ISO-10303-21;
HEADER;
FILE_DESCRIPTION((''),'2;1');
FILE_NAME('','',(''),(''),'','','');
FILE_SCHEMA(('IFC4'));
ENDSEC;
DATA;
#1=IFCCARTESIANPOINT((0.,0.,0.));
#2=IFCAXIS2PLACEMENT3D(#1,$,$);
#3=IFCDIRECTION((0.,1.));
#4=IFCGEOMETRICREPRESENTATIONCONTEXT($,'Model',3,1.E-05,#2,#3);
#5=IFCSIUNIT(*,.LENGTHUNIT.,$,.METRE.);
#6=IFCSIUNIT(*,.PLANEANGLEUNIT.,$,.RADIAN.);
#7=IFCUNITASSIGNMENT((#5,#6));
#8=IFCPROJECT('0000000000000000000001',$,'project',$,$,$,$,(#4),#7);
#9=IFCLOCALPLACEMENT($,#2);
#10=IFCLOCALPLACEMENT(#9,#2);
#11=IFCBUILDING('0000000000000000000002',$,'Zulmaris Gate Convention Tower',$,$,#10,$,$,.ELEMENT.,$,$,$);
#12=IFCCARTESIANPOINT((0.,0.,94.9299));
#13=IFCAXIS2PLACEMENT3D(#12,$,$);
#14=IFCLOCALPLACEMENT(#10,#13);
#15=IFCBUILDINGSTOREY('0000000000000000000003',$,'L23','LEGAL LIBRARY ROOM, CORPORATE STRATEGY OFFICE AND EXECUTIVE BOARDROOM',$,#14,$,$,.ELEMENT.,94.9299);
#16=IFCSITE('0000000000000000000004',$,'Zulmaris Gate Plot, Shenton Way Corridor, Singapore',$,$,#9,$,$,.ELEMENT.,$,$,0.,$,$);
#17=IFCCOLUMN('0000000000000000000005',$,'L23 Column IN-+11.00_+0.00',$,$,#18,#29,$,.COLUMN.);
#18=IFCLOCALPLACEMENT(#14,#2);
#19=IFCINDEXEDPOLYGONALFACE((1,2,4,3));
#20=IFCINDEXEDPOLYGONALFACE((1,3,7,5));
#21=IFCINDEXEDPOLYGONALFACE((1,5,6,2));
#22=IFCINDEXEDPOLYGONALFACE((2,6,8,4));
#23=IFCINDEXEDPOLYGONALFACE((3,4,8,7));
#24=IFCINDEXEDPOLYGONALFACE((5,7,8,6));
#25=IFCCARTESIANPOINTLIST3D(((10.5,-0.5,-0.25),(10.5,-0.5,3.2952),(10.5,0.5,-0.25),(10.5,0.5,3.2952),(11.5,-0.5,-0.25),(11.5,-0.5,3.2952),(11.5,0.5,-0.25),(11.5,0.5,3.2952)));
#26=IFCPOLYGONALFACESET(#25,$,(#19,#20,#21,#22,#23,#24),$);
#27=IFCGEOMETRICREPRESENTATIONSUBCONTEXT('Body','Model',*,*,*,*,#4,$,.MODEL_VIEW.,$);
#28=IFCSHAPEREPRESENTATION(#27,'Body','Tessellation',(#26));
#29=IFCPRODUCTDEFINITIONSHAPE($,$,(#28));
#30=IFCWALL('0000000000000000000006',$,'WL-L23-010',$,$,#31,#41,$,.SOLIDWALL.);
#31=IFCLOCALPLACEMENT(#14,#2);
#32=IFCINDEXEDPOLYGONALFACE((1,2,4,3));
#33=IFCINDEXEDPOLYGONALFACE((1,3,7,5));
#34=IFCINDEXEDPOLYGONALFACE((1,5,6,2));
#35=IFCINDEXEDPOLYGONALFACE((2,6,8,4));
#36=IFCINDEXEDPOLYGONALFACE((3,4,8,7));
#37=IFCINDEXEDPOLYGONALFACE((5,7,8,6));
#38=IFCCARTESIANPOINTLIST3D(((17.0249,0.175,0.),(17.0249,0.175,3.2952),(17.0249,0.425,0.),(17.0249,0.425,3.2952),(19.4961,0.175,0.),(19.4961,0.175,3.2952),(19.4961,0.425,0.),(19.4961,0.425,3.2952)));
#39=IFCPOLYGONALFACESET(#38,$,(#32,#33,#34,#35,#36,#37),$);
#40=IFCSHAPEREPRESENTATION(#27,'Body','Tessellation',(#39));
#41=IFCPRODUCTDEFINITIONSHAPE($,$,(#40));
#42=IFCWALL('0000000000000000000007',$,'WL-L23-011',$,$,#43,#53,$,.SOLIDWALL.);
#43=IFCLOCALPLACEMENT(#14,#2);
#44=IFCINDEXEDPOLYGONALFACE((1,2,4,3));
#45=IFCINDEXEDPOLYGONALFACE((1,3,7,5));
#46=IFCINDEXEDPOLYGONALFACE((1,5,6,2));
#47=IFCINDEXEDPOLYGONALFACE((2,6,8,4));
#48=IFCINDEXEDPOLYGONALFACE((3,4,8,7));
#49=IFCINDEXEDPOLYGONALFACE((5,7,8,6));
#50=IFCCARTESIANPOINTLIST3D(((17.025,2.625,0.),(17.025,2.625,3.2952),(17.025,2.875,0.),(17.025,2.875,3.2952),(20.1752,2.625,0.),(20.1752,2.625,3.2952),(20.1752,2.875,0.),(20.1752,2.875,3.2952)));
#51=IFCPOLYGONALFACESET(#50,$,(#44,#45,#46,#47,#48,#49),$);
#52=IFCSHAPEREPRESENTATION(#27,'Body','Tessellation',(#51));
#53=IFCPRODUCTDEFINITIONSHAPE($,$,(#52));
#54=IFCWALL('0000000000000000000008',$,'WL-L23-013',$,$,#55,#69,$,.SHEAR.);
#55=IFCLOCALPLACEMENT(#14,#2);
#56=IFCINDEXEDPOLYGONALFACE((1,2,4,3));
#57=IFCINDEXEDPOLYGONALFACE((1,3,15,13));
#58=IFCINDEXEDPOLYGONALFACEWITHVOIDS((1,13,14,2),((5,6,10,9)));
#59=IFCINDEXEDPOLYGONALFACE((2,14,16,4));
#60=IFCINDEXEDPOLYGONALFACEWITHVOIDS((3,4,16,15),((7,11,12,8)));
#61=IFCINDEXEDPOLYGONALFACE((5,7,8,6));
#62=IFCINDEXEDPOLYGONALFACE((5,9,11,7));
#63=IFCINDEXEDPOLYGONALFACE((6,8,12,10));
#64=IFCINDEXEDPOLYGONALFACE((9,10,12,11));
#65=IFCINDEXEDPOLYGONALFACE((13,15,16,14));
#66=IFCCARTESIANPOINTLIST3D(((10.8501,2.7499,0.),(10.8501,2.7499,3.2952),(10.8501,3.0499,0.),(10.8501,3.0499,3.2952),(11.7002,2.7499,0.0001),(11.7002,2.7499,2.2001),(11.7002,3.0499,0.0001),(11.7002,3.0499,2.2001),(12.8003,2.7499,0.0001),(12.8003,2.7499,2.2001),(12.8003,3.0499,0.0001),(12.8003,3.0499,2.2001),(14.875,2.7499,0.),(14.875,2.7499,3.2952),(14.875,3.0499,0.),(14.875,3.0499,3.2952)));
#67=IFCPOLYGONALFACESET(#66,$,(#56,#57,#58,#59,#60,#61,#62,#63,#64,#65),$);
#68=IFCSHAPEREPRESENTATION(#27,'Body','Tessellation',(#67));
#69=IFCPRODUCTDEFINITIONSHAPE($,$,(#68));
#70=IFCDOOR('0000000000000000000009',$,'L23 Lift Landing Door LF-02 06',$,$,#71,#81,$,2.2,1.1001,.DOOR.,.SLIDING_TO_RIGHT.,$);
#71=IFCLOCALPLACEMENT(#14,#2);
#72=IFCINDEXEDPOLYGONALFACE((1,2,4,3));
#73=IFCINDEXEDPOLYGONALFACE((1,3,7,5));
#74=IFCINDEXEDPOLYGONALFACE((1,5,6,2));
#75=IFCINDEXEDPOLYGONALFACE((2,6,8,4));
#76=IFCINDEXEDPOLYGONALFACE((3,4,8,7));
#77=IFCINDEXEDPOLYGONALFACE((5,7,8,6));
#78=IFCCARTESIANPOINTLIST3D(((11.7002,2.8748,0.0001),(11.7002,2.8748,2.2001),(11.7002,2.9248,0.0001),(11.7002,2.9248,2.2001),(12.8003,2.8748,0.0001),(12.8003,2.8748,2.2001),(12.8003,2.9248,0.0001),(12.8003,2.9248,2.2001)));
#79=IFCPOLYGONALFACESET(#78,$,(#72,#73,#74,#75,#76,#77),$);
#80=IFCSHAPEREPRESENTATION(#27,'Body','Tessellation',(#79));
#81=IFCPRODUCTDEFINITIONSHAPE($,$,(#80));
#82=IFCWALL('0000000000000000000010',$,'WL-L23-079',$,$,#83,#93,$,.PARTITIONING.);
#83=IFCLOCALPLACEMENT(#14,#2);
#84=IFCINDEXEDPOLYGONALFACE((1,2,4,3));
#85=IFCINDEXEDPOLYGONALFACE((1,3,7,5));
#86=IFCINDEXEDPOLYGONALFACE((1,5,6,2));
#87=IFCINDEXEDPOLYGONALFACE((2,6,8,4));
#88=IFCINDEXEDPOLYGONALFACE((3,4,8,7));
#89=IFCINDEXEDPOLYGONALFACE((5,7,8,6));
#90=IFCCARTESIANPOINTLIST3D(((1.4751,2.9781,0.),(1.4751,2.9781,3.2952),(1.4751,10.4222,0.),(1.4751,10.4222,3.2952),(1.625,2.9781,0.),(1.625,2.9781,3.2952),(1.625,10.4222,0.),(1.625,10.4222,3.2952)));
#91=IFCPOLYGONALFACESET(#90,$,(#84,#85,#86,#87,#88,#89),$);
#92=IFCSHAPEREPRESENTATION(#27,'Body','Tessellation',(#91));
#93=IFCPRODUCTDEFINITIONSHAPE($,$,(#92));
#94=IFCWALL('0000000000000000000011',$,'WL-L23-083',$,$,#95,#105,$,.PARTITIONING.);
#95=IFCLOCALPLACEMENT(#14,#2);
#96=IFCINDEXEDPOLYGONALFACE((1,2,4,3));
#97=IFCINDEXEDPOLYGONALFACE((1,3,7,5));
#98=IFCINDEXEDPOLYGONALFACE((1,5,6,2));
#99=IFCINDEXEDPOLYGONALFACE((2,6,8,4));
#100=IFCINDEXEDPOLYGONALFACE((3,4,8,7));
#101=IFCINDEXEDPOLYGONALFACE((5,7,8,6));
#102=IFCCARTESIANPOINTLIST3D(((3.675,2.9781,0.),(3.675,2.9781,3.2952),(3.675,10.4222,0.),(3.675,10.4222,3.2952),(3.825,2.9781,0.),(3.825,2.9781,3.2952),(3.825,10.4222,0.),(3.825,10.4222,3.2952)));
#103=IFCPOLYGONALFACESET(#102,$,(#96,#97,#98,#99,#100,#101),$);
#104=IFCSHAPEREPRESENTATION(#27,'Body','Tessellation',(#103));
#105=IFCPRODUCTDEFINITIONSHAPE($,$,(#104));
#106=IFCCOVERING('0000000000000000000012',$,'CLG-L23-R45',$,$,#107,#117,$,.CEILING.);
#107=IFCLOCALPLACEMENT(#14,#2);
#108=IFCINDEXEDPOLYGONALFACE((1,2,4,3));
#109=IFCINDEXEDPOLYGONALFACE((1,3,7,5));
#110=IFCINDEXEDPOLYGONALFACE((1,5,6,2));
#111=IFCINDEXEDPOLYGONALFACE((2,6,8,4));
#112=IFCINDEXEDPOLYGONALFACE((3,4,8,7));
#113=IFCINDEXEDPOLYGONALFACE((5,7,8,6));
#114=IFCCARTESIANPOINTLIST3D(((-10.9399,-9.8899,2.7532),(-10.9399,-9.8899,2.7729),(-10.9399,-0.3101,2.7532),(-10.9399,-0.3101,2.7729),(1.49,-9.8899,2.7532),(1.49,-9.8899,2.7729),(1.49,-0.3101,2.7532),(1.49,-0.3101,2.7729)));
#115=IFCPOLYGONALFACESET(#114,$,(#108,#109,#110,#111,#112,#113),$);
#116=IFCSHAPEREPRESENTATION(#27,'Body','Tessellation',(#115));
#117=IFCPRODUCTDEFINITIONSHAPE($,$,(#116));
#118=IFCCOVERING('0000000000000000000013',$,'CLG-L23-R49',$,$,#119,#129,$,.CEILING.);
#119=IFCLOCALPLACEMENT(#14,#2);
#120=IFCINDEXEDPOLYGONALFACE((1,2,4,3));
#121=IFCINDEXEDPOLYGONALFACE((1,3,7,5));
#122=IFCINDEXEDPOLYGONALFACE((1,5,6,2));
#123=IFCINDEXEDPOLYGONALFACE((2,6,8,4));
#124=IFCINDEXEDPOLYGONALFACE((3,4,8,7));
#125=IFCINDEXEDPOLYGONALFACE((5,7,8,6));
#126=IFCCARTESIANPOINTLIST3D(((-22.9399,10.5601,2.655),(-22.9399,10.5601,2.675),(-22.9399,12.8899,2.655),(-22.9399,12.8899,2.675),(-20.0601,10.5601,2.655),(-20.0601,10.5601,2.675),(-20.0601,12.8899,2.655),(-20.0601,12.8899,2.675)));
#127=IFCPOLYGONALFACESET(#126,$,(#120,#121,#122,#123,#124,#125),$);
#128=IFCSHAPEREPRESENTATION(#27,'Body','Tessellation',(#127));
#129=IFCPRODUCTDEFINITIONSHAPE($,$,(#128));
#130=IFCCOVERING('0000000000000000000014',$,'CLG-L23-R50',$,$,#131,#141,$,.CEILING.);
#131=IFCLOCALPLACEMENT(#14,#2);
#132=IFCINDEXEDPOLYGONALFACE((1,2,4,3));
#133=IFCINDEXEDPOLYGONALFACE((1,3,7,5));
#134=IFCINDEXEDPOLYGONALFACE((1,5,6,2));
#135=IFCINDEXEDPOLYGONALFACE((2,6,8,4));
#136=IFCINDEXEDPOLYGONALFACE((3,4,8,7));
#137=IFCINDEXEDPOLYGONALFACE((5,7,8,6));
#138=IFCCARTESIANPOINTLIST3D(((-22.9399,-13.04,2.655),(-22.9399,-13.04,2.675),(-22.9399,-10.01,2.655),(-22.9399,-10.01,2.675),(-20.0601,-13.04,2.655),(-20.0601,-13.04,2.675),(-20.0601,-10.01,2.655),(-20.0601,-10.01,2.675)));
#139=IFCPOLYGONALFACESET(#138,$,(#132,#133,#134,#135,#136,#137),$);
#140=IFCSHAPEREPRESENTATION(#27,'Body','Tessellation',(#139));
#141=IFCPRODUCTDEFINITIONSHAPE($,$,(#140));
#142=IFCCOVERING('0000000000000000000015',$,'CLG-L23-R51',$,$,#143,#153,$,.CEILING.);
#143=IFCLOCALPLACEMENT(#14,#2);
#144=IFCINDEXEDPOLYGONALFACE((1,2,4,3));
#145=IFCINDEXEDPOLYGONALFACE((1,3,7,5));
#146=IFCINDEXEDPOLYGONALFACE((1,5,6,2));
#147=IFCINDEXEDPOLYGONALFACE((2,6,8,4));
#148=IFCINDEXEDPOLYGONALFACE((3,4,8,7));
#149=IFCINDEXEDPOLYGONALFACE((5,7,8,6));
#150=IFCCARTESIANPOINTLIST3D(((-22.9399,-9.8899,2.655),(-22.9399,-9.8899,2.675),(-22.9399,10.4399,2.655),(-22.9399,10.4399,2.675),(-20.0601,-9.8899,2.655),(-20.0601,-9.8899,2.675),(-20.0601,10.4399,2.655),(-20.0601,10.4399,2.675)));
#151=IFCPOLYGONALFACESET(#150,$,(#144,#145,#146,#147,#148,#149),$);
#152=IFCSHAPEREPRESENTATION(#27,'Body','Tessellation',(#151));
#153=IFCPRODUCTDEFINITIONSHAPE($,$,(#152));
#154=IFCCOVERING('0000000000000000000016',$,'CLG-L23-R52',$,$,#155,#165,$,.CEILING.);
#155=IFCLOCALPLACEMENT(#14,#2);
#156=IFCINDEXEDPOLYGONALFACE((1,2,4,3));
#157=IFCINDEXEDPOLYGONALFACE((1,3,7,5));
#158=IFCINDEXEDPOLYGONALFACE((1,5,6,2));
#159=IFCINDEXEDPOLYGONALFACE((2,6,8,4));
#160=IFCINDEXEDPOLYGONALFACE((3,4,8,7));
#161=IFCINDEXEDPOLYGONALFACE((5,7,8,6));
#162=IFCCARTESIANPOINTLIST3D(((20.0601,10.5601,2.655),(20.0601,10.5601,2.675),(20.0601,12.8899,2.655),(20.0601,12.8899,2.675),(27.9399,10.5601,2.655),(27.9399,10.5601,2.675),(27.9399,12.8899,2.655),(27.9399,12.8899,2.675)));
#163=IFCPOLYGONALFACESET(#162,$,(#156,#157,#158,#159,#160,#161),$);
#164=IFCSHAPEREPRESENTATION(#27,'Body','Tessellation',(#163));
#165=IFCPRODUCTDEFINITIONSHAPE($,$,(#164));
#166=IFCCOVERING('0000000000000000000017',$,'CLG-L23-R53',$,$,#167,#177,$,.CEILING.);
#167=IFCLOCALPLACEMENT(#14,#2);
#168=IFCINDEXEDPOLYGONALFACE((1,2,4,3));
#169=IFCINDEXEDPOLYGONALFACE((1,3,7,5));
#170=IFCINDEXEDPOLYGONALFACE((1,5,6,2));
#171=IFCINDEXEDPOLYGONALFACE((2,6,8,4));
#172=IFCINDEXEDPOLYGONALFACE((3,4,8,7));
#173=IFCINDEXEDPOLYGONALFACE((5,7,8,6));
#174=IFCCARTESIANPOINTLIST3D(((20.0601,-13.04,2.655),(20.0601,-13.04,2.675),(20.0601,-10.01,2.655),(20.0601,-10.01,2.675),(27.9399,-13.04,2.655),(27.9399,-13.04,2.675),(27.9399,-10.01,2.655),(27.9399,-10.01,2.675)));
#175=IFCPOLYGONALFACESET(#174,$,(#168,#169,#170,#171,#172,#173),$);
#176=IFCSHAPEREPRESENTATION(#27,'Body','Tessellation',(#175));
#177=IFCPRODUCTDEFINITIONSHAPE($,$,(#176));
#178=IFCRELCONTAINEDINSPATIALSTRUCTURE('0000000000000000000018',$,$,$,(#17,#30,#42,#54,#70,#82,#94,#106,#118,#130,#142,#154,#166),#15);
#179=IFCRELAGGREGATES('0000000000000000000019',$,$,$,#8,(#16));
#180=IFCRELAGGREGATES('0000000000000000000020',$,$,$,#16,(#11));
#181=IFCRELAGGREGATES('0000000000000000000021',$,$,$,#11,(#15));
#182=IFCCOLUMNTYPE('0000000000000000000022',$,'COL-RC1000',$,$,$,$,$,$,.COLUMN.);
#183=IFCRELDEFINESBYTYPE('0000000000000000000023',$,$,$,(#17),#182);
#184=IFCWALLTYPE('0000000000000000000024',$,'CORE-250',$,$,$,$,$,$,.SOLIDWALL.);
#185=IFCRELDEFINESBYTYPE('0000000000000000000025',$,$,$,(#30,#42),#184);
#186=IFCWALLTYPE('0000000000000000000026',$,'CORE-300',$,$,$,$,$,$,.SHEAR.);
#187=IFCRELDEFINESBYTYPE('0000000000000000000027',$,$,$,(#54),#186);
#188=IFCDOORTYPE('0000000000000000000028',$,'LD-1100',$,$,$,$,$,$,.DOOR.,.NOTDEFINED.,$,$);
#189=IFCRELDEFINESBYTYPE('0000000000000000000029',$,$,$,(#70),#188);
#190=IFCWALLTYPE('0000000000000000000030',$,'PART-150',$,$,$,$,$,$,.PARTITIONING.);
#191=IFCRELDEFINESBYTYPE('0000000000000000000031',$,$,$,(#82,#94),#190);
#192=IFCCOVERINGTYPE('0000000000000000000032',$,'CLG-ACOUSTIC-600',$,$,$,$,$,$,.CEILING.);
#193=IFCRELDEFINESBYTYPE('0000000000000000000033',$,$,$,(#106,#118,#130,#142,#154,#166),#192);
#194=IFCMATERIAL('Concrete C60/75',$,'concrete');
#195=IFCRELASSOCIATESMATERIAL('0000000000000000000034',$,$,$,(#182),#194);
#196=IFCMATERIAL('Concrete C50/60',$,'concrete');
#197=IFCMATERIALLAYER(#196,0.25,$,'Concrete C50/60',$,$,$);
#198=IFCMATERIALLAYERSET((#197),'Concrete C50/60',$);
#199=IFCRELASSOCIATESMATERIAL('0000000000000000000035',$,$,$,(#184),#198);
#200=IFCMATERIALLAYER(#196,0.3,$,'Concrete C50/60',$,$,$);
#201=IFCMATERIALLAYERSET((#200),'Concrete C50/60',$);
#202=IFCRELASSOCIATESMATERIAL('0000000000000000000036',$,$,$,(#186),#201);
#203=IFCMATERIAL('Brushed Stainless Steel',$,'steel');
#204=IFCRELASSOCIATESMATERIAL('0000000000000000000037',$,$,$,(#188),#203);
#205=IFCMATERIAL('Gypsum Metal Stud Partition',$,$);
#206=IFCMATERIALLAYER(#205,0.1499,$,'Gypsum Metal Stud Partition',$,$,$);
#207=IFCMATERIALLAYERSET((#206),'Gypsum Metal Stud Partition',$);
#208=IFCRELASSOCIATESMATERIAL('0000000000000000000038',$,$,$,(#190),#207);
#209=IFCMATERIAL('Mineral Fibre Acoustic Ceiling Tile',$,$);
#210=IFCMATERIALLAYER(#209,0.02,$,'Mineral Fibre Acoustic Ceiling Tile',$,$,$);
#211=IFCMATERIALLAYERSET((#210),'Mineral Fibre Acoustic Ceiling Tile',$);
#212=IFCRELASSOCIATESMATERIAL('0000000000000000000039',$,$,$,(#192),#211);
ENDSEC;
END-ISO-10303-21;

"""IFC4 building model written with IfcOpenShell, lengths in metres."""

from ifc_helpers import new_model, si_unit, direction, frame, frame_2d, origin, origin_2d, place, context, subcontext, project, spatial, polyline, rectangle, outline, extrude, material, layer, layer_set, material_profile, profile_set, type_object, element, fill, save


model = new_model("IFC4")

# Units and contexts
model_context = context("Model", 3, precision=1e-05, world=origin(), true_north=direction((0.0, 1.0)))
body_context = subcontext(model_context, "Body", "Model", "MODEL_VIEW")
ifc_project = project(units=[si_unit("LENGTHUNIT", "METRE"), si_unit("PLANEANGLEUNIT", "RADIAN")], contexts=[model_context])

# Site, building, storey
site_placement = place(None, origin())
site = spatial("IfcSite", under=ifc_project, at=site_placement, Name="Zulmaris Gate Plot, Shenton Way Corridor, Singapore", CompositionType="ELEMENT", RefElevation=0.0)
building_placement = place(site_placement, origin())
building = spatial("IfcBuilding", under=site, at=building_placement, Name="Zulmaris Gate Convention Tower", CompositionType="ELEMENT")
storey_placement = place(building_placement, frame((0.0, 0.0, 94.9299)))
storey = spatial("IfcBuildingStorey", under=building, at=storey_placement, Name="L23", Description="LEGAL LIBRARY ROOM, CORPORATE STRATEGY OFFICE AND EXECUTIVE BOARDROOM", CompositionType="ELEMENT", Elevation=94.9299)

# Column
ifc_material_1 = material(Name="Concrete C60/75", Category="concrete")
ifc_material_profile = material_profile(ifc_material_1, rectangle(XDim=1.0, YDim=1.0, at=origin_2d()), Name="RC COL 1000x1000")
ifc_profile_set = profile_set([ifc_material_profile], Name="Concrete C60/75")
column_type = type_object("IfcColumnType", Name="COL-RC1000", PredefinedType="COLUMN", material=ifc_profile_set)
column_placement = place(storey_placement, frame((11.0, 0.0, -0.25), z_axis=(0.0, 0.0, 1.0), x_axis=(1.0, 0.0, 0.0)))
element("IfcColumn", 1, at=column_placement, inside=storey, type_object=column_type, Name="L23 Column IN-+11.00_+0.00", PredefinedType="COLUMN", context=body_context, shape_type="SweptSolid", body=[
    extrude(rectangle(XDim=1.0, YDim=1.0, at=origin_2d()), origin(), (0.0, 0.0, 1.0), 3.5452),
])

# Walls
ifc_material_2 = material(Name="Concrete C50/60", Category="concrete")
ifc_layer_1 = layer(ifc_material_2, 0.25, Name="Concrete C50/60")
ifc_layer_set_1 = layer_set([ifc_layer_1], Name="Concrete C50/60")
wall_type_1 = type_object("IfcWallType", Name="CORE-250", PredefinedType="SOLIDWALL", material=ifc_layer_set_1)
wall_1_placement = place(storey_placement, frame((17.0249, 0.3, 0.0), z_axis=(0.0, 0.0, 1.0), x_axis=(1.0, 0.0, 0.0)))
element("IfcWall", 2, at=wall_1_placement, inside=storey, type_object=wall_type_1, Name="WL-L23-010", PredefinedType="SOLIDWALL", context=body_context, shape_type="SweptSolid", body=[
    extrude(rectangle(XDim=2.4712, YDim=0.25, at=frame_2d((1.2356, 0.0))), origin(), (0.0, 0.0, 1.0), 3.2952),
])
wall_2_placement = place(storey_placement, frame((17.0249, 2.75, 0.0), z_axis=(0.0, 0.0, 1.0), x_axis=(1.0, 0.0, 0.0)))
element("IfcWall", 3, at=wall_2_placement, inside=storey, type_object=wall_type_1, Name="WL-L23-011", PredefinedType="SOLIDWALL", context=body_context, shape_type="SweptSolid", body=[
    extrude(rectangle(XDim=3.1501, YDim=0.25, at=frame_2d((1.5752, 0.0))), origin(), (0.0, 0.0, 1.0), 3.2952),
])

# Wall, opening, door
ifc_layer_2 = layer(ifc_material_2, 0.3, Name="Concrete C50/60")
ifc_layer_set_2 = layer_set([ifc_layer_2], Name="Concrete C50/60")
wall_type_2 = type_object("IfcWallType", Name="CORE-300", PredefinedType="SHEAR", material=ifc_layer_set_2)
wall_3_placement = place(storey_placement, frame((10.8501, 2.8999, 0.0), z_axis=(0.0, 0.0, 1.0), x_axis=(1.0, 0.0, 0.0)))
wall_3 = element("IfcWall", 4, at=wall_3_placement, inside=storey, type_object=wall_type_2, Name="WL-L23-013", PredefinedType="SHEAR", context=body_context, shape_type="SweptSolid", body=[
    extrude(rectangle(XDim=4.0249, YDim=0.3, at=frame_2d((2.0125, 0.0))), origin(), (0.0, 0.0, 1.0), 3.2952),
])
opening_1_placement = place(wall_3_placement, frame((0.8501, 0.0, 0.0)))
opening_1 = element("IfcOpeningElement", 5, at=opening_1_placement, cuts=wall_3, PredefinedType="OPENING", context=body_context, shape_type="SweptSolid", body=[
    extrude(rectangle(XDim=1.1001, YDim=2.2, at=frame_2d((0.55, 1.1001))), frame((0.0, 0.1602, 0.0), z_axis=(0.0, -1.0, 0.0), x_axis=(1.0, 0.0, 0.0)), (0.0, 0.0, 1.0), 0.3201),
])
ifc_material_3 = material(Name="Brushed Stainless Steel", Category="steel")
door_type_1 = type_object("IfcDoorType", Name="LD-1100", OperationType="NOTDEFINED", PredefinedType="DOOR", material=ifc_material_3)
door_1_placement = place(opening_1_placement, origin())
door_1 = element("IfcDoor", 6, at=door_1_placement, inside=storey, type_object=door_type_1, Name="L23 Lift Landing Door LF-02 06", OperationType="SLIDING_TO_RIGHT", OverallHeight=2.2, OverallWidth=1.1001, PredefinedType="DOOR", context=body_context, shape_type="SweptSolid", body=[
    extrude(rectangle(XDim=1.1001, YDim=2.2, at=frame_2d((0.55, 1.1001))), frame((0.0, 0.0249, 0.0), z_axis=(0.0, -1.0, 0.0), x_axis=(1.0, 0.0, 0.0)), (0.0, 0.0, 1.0), 0.05),
])
fill(opening_1, door_1)

# Walls
ifc_material_4 = material(Name="Gypsum Metal Stud Partition")
ifc_layer_3 = layer(ifc_material_4, 0.1499, Name="Gypsum Metal Stud Partition")
ifc_layer_set_3 = layer_set([ifc_layer_3], Name="Gypsum Metal Stud Partition")
wall_type_3 = type_object("IfcWallType", Name="PART-150", PredefinedType="PARTITIONING", material=ifc_layer_set_3)
for number, where, z_axis, x_axis, name in (
    (7, (1.55, 2.978, 0.0), (0.0, 0.0, 1.0), (0.0, 1.0, 0.0), "WL-L23-079"),
    (8, (3.75, 2.978, 0.0), (0.0, 0.0, 1.0), (0.0, 1.0, 0.0), "WL-L23-083"),
):
    element("IfcWall", number, at=place(storey_placement, frame(where, z_axis=z_axis, x_axis=x_axis)), inside=storey, type_object=wall_type_3, Name=name, PredefinedType="PARTITIONING", context=body_context, shape_type="SweptSolid", body=[
        extrude(rectangle(XDim=7.4441, YDim=0.1499, at=frame_2d((3.7222, 0.0))), origin(), (0.0, 0.0, 1.0), 3.2952),
    ])

# Coverings
ifc_material_5 = material(Name="Mineral Fibre Acoustic Ceiling Tile")
ifc_layer_4 = layer(ifc_material_5, 0.02, Name="Mineral Fibre Acoustic Ceiling Tile")
ifc_layer_set_4 = layer_set([ifc_layer_4], Name="Mineral Fibre Acoustic Ceiling Tile")
covering_type_1 = type_object("IfcCoveringType", Name="CLG-ACOUSTIC-600", PredefinedType="CEILING", material=ifc_layer_set_4)
covering_1_placement = place(storey_placement, frame((0.0, 0.0, 2.7532)))
element("IfcCovering", 9, at=covering_1_placement, inside=storey, type_object=covering_type_1, Name="CLG-L23-R45", PredefinedType="CEILING", context=body_context, shape_type="SweptSolid", body=[
    extrude(outline(polyline([(-10.9399, -9.8899), (1.49, -9.8899), (1.49, -0.3101), (-10.9399, -0.3101), (-10.9399, -9.8899)])), origin(), (0.0, 0.0, 1.0), 0.0198),
])
covering_2_placement = place(storey_placement, frame((0.0, 0.0, 2.655)))
element("IfcCovering", 10, at=covering_2_placement, inside=storey, type_object=covering_type_1, Name="CLG-L23-R49", PredefinedType="CEILING", context=body_context, shape_type="SweptSolid", body=[
    extrude(outline(polyline([(-22.9399, 10.5601), (-20.0601, 10.5601), (-20.0601, 12.8899), (-22.9399, 12.8899), (-22.9399, 10.5601)])), origin(), (0.0, 0.0, 1.0), 0.02),
])
covering_3_placement = place(storey_placement, frame((0.0, 0.0, 2.655)))
element("IfcCovering", 11, at=covering_3_placement, inside=storey, type_object=covering_type_1, Name="CLG-L23-R50", PredefinedType="CEILING", context=body_context, shape_type="SweptSolid", body=[
    extrude(outline(polyline([(-22.9399, -13.04), (-20.0601, -13.04), (-20.0601, -10.01), (-22.9399, -10.01), (-22.9399, -13.04)])), origin(), (0.0, 0.0, 1.0), 0.02),
])
covering_4_placement = place(storey_placement, frame((0.0, 0.0, 2.655)))
element("IfcCovering", 12, at=covering_4_placement, inside=storey, type_object=covering_type_1, Name="CLG-L23-R51", PredefinedType="CEILING", context=body_context, shape_type="SweptSolid", body=[
    extrude(outline(polyline([(-22.9399, -9.8899), (-20.0601, -9.8899), (-20.0601, 10.4399), (-22.9399, 10.4399), (-22.9399, -9.8899)])), origin(), (0.0, 0.0, 1.0), 0.02),
])
covering_5_placement = place(storey_placement, frame((0.0, 0.0, 2.655)))
element("IfcCovering", 13, at=covering_5_placement, inside=storey, type_object=covering_type_1, Name="CLG-L23-R52", PredefinedType="CEILING", context=body_context, shape_type="SweptSolid", body=[
    extrude(outline(polyline([(20.0601, 10.5601), (27.9399, 10.5601), (27.9399, 12.8899), (20.0601, 12.8899), (20.0601, 10.5601)])), origin(), (0.0, 0.0, 1.0), 0.02),
])
covering_6_placement = place(storey_placement, frame((0.0, 0.0, 2.655)))
element("IfcCovering", 14, at=covering_6_placement, inside=storey, type_object=covering_type_1, Name="CLG-L23-R53", PredefinedType="CEILING", context=body_context, shape_type="SweptSolid", body=[
    extrude(outline(polyline([(20.0601, -13.04), (27.9399, -13.04), (27.9399, -10.01), (20.0601, -10.01), (20.0601, -13.04)])), origin(), (0.0, 0.0, 1.0), 0.02),
])

save(model, "model.ifc")
